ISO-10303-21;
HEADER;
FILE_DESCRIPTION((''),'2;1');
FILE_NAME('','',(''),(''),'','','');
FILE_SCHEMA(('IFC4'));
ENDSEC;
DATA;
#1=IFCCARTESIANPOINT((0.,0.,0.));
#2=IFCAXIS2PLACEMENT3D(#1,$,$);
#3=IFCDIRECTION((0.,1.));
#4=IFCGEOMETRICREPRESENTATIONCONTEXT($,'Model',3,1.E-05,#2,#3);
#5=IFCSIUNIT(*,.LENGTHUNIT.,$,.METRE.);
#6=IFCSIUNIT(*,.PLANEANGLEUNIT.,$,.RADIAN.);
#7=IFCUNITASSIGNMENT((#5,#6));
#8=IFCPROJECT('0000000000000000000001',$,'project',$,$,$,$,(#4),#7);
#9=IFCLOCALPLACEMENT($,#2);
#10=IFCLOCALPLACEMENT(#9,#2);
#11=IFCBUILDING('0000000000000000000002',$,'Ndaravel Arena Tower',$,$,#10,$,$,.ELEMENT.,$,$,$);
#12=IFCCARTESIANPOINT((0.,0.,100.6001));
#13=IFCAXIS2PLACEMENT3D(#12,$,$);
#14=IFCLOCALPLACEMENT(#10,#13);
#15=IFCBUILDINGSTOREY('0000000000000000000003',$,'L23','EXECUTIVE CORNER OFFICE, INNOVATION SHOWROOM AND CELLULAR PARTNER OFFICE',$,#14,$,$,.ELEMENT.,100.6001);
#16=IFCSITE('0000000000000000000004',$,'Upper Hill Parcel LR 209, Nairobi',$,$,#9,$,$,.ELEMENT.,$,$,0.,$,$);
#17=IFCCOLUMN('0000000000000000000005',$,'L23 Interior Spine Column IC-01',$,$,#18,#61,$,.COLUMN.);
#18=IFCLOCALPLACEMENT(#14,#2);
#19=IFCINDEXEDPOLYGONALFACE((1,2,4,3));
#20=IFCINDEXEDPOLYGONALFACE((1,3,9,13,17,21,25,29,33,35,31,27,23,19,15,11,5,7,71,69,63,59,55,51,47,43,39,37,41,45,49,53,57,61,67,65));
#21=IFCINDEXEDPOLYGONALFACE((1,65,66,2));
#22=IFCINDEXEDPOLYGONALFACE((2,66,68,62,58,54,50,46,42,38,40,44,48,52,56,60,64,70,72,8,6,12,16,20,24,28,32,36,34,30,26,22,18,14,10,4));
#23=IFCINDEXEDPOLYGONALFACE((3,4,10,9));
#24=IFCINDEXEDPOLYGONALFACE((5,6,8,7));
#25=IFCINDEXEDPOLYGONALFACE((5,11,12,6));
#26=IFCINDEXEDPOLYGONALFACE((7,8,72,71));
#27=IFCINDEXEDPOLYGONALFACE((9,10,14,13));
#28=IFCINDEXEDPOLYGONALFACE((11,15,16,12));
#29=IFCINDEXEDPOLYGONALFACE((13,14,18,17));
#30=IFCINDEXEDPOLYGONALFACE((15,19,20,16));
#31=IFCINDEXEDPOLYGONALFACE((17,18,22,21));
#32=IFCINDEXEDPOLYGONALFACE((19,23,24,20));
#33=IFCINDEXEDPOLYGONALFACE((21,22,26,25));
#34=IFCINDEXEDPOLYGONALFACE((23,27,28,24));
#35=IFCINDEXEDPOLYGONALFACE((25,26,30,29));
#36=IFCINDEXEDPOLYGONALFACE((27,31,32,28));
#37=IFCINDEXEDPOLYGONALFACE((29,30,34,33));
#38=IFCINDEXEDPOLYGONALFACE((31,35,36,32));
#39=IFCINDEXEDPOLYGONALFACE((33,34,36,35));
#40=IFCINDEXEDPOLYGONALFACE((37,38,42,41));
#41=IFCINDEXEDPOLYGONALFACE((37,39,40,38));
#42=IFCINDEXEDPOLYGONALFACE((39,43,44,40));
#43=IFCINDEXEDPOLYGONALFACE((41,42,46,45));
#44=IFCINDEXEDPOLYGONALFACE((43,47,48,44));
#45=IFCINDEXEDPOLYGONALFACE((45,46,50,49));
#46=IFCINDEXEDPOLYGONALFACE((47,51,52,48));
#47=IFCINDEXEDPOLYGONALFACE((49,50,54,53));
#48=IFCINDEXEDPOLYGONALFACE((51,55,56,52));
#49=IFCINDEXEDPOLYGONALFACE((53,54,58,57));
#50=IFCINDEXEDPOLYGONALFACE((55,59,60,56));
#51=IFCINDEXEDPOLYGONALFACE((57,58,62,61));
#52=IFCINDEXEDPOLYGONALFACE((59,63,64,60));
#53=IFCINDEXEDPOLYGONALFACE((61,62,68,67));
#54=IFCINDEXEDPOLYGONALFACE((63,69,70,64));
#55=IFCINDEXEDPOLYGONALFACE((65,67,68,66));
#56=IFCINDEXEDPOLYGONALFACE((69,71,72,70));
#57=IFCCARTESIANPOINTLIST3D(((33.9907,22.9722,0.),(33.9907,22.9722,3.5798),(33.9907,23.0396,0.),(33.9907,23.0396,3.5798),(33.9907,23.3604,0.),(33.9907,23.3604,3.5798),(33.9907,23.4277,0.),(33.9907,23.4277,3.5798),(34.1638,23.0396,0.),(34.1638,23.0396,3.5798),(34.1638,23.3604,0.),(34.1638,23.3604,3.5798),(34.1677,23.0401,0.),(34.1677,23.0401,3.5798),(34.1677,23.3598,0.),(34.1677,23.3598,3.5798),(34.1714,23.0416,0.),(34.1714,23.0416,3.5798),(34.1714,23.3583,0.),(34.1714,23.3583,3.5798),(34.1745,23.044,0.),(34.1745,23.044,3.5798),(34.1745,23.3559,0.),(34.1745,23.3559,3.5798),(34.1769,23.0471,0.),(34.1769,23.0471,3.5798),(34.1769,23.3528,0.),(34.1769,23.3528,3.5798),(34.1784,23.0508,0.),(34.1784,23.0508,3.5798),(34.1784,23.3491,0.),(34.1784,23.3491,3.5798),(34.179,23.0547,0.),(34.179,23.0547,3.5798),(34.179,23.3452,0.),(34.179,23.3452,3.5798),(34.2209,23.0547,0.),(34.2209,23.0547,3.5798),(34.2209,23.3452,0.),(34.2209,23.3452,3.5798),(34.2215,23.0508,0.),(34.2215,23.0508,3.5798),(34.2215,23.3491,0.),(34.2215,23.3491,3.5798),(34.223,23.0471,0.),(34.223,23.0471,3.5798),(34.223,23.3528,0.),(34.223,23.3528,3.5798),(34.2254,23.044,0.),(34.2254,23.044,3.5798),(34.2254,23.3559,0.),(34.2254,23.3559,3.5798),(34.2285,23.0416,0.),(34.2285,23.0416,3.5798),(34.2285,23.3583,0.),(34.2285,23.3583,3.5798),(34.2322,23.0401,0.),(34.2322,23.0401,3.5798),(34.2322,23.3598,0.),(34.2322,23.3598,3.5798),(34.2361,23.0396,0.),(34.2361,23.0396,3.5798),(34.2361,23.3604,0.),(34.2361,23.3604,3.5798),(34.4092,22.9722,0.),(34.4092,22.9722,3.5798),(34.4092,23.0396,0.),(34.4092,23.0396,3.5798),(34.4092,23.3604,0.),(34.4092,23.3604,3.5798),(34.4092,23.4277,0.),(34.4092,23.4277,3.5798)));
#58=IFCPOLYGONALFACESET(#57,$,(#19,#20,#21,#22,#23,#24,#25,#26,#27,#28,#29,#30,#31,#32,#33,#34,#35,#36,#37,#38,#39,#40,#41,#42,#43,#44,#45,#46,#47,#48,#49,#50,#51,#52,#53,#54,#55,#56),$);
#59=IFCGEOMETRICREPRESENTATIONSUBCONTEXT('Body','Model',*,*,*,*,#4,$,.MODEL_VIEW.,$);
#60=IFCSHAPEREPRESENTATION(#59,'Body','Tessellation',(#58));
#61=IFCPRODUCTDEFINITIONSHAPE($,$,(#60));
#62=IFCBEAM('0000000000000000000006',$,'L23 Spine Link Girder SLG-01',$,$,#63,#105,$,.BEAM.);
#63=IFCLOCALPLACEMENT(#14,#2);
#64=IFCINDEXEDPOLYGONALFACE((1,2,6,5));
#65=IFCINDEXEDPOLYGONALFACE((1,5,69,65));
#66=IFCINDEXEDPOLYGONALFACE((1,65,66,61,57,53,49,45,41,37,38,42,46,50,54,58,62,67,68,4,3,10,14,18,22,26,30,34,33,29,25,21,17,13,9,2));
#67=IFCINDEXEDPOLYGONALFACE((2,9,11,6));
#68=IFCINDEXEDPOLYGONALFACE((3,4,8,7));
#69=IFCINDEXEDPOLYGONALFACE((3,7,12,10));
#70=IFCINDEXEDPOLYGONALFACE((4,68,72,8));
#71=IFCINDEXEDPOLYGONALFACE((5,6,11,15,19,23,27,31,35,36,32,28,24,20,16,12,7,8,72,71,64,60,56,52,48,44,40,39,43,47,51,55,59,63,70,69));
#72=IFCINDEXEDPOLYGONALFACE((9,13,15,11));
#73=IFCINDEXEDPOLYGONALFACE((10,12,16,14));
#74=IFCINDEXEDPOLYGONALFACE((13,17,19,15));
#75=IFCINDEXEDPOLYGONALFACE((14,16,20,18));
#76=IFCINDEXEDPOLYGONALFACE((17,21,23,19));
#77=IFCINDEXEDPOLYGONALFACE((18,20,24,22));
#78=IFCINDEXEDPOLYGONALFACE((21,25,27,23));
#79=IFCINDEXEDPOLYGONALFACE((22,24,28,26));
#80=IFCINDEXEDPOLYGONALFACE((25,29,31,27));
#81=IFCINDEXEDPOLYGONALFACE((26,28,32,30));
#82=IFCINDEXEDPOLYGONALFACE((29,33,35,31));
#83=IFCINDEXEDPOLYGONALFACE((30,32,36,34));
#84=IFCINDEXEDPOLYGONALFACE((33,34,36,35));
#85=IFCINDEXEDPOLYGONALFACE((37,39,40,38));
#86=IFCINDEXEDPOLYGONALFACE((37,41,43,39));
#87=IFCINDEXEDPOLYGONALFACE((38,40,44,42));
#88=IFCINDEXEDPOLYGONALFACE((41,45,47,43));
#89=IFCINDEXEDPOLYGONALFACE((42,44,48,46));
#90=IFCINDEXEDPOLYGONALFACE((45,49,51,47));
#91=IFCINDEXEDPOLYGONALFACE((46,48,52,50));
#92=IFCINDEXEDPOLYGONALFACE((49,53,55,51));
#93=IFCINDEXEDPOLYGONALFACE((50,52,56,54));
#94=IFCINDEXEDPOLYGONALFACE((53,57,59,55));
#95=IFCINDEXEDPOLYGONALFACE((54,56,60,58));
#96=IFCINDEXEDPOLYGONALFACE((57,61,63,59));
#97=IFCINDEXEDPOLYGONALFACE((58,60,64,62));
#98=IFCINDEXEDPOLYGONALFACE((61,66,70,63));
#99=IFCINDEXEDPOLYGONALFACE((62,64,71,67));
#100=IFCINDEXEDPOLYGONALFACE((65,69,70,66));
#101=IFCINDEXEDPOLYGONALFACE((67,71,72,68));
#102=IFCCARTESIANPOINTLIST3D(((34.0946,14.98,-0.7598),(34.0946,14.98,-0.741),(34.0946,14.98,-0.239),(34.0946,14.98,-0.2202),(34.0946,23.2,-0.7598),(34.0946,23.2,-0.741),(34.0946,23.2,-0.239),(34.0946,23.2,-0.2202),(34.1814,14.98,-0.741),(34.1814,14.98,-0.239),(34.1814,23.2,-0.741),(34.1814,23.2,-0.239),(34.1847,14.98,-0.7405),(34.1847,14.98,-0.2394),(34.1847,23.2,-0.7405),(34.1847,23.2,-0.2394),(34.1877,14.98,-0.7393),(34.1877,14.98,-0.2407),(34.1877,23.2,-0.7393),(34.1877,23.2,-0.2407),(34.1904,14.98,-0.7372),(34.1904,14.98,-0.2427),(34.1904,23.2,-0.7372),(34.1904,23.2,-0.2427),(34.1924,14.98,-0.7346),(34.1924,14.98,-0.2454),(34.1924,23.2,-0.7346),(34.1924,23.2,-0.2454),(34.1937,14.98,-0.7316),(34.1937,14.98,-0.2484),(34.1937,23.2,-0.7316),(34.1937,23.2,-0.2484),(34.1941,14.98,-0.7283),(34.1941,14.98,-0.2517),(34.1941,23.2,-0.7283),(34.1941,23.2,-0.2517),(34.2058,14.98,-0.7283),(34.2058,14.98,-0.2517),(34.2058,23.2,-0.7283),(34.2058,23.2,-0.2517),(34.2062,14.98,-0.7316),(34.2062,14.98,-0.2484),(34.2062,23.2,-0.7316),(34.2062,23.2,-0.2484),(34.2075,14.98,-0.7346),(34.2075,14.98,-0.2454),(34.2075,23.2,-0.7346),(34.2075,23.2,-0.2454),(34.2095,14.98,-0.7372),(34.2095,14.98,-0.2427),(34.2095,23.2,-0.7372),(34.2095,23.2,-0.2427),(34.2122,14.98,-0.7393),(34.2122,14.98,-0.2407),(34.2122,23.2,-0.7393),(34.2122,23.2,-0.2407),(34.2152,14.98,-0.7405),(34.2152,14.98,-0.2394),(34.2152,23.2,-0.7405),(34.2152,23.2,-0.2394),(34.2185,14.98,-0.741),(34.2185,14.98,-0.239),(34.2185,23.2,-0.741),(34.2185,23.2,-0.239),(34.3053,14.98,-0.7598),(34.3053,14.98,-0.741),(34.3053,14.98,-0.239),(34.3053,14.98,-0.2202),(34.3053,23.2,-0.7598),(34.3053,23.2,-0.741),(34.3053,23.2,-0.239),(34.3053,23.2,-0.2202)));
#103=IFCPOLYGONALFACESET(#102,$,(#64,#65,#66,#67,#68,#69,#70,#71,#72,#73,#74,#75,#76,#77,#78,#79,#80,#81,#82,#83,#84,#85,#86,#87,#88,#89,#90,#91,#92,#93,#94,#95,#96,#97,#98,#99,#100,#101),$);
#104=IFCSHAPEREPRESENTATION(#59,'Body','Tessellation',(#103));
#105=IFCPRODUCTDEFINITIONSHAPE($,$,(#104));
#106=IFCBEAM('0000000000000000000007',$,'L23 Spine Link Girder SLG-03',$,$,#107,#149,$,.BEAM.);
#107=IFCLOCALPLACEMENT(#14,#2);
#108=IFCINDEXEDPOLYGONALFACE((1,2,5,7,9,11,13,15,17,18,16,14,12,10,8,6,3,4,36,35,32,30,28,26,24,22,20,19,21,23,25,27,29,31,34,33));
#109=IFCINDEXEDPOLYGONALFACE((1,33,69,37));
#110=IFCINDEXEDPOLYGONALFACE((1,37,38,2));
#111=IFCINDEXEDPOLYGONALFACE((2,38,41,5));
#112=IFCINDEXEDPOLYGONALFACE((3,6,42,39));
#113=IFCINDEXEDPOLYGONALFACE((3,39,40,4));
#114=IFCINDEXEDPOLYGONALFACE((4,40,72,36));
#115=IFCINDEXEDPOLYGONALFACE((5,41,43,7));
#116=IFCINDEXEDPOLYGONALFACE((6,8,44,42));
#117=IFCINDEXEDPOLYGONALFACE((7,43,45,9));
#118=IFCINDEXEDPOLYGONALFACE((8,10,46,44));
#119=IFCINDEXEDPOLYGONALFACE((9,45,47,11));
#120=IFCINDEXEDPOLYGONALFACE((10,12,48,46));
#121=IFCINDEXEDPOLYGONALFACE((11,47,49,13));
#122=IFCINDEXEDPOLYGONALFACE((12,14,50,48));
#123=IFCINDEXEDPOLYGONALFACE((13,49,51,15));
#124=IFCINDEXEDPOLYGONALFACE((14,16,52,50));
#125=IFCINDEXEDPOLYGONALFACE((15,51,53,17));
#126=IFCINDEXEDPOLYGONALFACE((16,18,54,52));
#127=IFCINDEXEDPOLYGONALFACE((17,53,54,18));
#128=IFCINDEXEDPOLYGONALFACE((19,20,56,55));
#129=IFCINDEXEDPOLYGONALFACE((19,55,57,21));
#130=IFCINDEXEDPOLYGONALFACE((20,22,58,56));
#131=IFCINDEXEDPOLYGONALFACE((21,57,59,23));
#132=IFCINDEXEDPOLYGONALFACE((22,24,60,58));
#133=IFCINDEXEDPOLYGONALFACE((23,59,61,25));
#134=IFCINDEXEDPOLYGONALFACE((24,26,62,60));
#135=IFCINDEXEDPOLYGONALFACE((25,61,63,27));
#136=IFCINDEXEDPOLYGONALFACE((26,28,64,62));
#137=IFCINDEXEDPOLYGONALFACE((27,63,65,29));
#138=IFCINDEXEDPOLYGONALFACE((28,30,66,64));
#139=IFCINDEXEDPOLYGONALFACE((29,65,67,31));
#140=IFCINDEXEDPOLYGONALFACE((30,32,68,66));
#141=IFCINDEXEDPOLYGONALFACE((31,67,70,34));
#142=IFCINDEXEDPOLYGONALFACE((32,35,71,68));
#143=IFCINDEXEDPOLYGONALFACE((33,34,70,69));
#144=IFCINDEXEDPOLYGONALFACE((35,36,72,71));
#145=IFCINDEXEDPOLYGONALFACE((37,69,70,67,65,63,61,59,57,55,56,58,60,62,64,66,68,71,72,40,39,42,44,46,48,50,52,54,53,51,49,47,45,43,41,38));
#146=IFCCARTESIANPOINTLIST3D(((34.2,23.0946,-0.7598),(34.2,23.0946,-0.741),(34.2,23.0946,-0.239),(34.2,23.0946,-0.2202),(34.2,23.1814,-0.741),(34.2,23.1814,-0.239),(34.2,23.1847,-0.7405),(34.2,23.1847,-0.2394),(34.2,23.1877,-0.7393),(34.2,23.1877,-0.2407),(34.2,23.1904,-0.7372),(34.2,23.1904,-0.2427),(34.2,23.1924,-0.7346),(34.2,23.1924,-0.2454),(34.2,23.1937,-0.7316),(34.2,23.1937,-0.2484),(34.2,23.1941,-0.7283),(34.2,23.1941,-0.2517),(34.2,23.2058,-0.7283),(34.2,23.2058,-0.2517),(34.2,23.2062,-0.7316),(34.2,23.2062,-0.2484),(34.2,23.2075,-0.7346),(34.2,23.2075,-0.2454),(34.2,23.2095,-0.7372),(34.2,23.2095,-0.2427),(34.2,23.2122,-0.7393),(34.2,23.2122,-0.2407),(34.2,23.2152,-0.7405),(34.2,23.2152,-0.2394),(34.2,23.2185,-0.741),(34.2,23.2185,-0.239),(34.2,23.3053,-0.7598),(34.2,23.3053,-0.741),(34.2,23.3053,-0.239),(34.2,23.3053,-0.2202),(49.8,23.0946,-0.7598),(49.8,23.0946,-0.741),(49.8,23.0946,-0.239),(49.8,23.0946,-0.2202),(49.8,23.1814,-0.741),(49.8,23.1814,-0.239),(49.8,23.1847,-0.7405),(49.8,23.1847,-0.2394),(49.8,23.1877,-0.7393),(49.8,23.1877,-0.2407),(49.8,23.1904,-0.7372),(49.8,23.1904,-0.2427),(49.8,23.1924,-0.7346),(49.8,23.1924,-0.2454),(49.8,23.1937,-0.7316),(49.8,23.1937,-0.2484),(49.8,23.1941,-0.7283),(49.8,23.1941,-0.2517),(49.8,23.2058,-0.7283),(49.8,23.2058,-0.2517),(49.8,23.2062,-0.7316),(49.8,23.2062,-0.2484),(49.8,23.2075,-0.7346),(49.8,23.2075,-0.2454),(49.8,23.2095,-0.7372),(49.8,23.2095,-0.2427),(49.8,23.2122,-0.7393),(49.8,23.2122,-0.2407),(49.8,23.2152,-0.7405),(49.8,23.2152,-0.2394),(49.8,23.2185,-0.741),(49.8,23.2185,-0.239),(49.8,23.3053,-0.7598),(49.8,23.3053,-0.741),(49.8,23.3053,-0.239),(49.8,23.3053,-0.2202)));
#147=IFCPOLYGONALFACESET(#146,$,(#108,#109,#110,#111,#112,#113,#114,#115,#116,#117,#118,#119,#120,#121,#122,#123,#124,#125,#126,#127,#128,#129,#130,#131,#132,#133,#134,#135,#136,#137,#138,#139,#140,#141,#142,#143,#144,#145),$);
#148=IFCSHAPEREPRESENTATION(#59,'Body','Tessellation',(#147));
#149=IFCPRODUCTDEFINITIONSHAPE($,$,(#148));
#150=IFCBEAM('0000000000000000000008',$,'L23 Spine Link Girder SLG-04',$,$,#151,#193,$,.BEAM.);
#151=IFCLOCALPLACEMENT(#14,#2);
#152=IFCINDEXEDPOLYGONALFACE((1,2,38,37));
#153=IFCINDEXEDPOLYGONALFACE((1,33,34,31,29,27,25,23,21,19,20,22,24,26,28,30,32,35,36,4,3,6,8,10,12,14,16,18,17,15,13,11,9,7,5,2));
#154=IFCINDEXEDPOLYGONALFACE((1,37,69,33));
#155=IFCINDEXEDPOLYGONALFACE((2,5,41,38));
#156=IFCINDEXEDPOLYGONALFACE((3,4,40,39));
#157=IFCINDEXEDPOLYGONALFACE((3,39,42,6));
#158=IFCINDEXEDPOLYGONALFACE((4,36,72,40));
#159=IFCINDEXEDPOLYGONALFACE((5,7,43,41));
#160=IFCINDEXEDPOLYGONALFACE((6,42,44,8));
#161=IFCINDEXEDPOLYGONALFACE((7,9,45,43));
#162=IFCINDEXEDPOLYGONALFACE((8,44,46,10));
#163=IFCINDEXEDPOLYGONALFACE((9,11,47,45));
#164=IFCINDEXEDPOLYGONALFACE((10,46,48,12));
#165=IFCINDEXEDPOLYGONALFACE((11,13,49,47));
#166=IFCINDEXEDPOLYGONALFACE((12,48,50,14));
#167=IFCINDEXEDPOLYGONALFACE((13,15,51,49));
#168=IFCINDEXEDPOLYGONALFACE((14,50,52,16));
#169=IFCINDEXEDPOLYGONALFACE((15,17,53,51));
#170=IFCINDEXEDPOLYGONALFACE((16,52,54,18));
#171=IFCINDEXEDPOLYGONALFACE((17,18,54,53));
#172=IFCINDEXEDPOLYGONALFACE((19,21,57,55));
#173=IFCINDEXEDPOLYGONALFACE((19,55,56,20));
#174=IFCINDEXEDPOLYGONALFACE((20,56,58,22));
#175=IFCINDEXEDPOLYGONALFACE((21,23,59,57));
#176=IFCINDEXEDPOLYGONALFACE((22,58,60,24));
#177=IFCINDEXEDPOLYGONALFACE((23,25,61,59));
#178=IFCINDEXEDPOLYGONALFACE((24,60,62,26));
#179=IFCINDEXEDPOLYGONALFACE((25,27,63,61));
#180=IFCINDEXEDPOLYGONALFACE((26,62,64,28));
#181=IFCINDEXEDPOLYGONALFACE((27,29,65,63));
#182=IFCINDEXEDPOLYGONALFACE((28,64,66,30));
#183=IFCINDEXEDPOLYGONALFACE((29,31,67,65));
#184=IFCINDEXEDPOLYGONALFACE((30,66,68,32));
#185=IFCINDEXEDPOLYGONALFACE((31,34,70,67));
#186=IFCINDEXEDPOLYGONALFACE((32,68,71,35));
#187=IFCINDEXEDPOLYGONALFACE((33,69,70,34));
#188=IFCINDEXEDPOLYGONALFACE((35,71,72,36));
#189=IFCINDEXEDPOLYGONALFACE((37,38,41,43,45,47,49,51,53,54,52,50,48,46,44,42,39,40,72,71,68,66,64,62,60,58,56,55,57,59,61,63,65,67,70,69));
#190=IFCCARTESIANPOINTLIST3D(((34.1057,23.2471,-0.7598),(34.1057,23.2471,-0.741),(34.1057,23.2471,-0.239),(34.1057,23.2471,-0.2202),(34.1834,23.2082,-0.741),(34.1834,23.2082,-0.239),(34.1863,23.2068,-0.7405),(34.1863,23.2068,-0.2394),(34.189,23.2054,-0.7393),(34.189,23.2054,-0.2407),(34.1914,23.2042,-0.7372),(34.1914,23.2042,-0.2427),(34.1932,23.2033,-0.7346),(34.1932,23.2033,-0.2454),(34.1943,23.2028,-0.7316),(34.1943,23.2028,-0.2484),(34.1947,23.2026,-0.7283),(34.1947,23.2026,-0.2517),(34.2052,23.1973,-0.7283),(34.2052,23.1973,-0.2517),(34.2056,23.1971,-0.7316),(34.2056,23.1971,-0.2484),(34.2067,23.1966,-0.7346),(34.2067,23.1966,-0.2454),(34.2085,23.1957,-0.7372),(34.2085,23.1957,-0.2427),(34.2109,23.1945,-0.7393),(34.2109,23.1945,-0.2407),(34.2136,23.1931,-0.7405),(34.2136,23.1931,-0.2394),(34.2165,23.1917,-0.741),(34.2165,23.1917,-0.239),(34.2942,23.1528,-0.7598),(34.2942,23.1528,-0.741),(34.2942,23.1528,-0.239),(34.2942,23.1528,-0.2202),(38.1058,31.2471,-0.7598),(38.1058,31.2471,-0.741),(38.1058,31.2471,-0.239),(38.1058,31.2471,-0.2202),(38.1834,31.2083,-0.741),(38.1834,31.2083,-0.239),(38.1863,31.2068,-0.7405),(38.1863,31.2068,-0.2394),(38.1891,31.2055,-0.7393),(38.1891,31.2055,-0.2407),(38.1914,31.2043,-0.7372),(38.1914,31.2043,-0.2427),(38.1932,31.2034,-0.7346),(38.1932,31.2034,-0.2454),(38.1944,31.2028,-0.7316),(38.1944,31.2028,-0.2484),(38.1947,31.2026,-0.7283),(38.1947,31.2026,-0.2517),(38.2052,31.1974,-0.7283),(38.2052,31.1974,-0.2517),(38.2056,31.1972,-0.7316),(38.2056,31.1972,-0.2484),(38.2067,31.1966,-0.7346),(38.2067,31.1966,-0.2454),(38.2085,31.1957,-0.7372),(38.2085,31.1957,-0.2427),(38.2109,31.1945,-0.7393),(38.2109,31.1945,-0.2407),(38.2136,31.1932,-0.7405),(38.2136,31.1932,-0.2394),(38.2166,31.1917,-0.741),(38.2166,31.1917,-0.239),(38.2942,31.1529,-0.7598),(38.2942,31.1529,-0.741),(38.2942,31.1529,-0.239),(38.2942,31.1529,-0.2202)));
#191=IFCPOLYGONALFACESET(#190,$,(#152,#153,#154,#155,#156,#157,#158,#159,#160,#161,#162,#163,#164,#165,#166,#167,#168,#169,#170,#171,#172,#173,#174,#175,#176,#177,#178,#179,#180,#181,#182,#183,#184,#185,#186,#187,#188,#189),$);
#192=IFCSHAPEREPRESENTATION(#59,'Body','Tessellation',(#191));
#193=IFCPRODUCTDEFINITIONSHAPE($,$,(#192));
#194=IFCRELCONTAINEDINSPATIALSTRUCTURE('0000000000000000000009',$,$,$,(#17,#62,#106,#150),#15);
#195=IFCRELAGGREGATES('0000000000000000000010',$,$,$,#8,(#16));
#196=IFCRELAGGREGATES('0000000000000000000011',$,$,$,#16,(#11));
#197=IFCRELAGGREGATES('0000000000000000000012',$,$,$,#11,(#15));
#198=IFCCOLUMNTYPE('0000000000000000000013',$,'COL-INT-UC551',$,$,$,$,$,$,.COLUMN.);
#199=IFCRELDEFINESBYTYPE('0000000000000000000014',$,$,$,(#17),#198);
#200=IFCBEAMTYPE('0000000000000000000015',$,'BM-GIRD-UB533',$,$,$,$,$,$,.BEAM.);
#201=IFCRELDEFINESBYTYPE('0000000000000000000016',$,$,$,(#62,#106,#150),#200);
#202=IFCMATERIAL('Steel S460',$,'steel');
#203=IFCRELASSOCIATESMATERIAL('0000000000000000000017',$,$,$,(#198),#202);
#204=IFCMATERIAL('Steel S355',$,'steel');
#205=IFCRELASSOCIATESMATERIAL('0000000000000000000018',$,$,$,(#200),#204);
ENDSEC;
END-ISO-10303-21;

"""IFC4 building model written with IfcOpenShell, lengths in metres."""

from ifc_helpers import new_model, si_unit, direction, frame, origin, origin_2d, place, context, subcontext, project, spatial, i_section, extrude, material, material_profile, profile_set, type_object, element, save


model = new_model("IFC4")

# Units and contexts
model_context = context("Model", 3, precision=1e-05, world=origin(), true_north=direction((0.0, 1.0)))
body_context = subcontext(model_context, "Body", "Model", "MODEL_VIEW")
ifc_project = project(units=[si_unit("LENGTHUNIT", "METRE"), si_unit("PLANEANGLEUNIT", "RADIAN")], contexts=[model_context])

# Site, building, storey
site_placement = place(None, origin())
site = spatial("IfcSite", under=ifc_project, at=site_placement, Name="Upper Hill Parcel LR 209, Nairobi", CompositionType="ELEMENT", RefElevation=0.0)
building_placement = place(site_placement, origin())
building = spatial("IfcBuilding", under=site, at=building_placement, Name="Ndaravel Arena Tower", CompositionType="ELEMENT")
storey_placement = place(building_placement, frame((0.0, 0.0, 100.6001)))
storey = spatial("IfcBuildingStorey", under=building, at=storey_placement, Name="L23", Description="EXECUTIVE CORNER OFFICE, INNOVATION SHOWROOM AND CELLULAR PARTNER OFFICE", CompositionType="ELEMENT", Elevation=100.6001)

# Column
ifc_material_1 = material(Name="Steel S460", Category="steel")
ifc_material_profile_1 = material_profile(ifc_material_1, i_section(OverallWidth=0.4185, OverallDepth=0.4556, WebThickness=0.042, FlangeThickness=0.0674, FilletRadius=0.0151, at=origin_2d()), Name="UC 356x406x551")
ifc_profile_set_1 = profile_set([ifc_material_profile_1], Name="Steel S460")
column_type = type_object("IfcColumnType", Name="COL-INT-UC551", PredefinedType="COLUMN", material=ifc_profile_set_1)
column_placement = place(storey_placement, frame((34.2, 23.2, 0.0), z_axis=(0.0, 0.0, 1.0), x_axis=(1.0, 0.0, 0.0)))
element("IfcColumn", 1, at=column_placement, inside=storey, type_object=column_type, Name="L23 Interior Spine Column IC-01", PredefinedType="COLUMN", context=body_context, shape_type="SweptSolid", body=[
    extrude(i_section(OverallWidth=0.4185, OverallDepth=0.4556, WebThickness=0.042, FlangeThickness=0.0674, FilletRadius=0.0151, at=origin_2d()), origin(), (0.0, 0.0, 1.0), 3.5798),
])

# Beams
ifc_material_2 = material(Name="Steel S355", Category="steel")
ifc_material_profile_2 = material_profile(ifc_material_2, i_section(OverallWidth=0.2107, OverallDepth=0.5396, WebThickness=0.0117, FlangeThickness=0.0188, FilletRadius=0.0127, at=origin_2d()), Name="UB 533x210x109")
ifc_profile_set_2 = profile_set([ifc_material_profile_2], Name="Steel S355")
beam_type = type_object("IfcBeamType", Name="BM-GIRD-UB533", PredefinedType="BEAM", material=ifc_profile_set_2)
beam_1_placement = place(storey_placement, frame((34.2, 14.98, -0.49), z_axis=(0.0, 1.0, 0.0), x_axis=(-1.0, 0.0, 0.0)))
element("IfcBeam", 2, at=beam_1_placement, inside=storey, type_object=beam_type, Name="L23 Spine Link Girder SLG-01", PredefinedType="BEAM", context=body_context, shape_type="SweptSolid", body=[
    extrude(i_section(OverallWidth=0.2107, OverallDepth=0.5396, WebThickness=0.0117, FlangeThickness=0.0188, FilletRadius=0.0127, at=origin_2d()), origin(), (0.0, 0.0, 1.0), 8.22),
])
beam_2_placement = place(storey_placement, frame((34.2, 23.2, -0.49), z_axis=(1.0, 0.0, 0.0), x_axis=(0.0, 1.0, 0.0)))
element("IfcBeam", 3, at=beam_2_placement, inside=storey, type_object=beam_type, Name="L23 Spine Link Girder SLG-03", PredefinedType="BEAM", context=body_context, shape_type="SweptSolid", body=[
    extrude(i_section(OverallWidth=0.2107, OverallDepth=0.5396, WebThickness=0.0117, FlangeThickness=0.0188, FilletRadius=0.0127, at=origin_2d()), origin(), (0.0, 0.0, 1.0), 15.6001),
])
beam_3_placement = place(storey_placement, frame((34.2, 23.2, -0.49), z_axis=(0.447214, 0.894427, 0.0), x_axis=(-0.894427, 0.447214, 0.0)))
element("IfcBeam", 4, at=beam_3_placement, inside=storey, type_object=beam_type, Name="L23 Spine Link Girder SLG-04", PredefinedType="BEAM", context=body_context, shape_type="SweptSolid", body=[
    extrude(i_section(OverallWidth=0.2107, OverallDepth=0.5396, WebThickness=0.0117, FlangeThickness=0.0188, FilletRadius=0.0127, at=origin_2d()), origin(), (0.0, 0.0, 1.0), 8.9443),
])

save(model, "model.ifc")
